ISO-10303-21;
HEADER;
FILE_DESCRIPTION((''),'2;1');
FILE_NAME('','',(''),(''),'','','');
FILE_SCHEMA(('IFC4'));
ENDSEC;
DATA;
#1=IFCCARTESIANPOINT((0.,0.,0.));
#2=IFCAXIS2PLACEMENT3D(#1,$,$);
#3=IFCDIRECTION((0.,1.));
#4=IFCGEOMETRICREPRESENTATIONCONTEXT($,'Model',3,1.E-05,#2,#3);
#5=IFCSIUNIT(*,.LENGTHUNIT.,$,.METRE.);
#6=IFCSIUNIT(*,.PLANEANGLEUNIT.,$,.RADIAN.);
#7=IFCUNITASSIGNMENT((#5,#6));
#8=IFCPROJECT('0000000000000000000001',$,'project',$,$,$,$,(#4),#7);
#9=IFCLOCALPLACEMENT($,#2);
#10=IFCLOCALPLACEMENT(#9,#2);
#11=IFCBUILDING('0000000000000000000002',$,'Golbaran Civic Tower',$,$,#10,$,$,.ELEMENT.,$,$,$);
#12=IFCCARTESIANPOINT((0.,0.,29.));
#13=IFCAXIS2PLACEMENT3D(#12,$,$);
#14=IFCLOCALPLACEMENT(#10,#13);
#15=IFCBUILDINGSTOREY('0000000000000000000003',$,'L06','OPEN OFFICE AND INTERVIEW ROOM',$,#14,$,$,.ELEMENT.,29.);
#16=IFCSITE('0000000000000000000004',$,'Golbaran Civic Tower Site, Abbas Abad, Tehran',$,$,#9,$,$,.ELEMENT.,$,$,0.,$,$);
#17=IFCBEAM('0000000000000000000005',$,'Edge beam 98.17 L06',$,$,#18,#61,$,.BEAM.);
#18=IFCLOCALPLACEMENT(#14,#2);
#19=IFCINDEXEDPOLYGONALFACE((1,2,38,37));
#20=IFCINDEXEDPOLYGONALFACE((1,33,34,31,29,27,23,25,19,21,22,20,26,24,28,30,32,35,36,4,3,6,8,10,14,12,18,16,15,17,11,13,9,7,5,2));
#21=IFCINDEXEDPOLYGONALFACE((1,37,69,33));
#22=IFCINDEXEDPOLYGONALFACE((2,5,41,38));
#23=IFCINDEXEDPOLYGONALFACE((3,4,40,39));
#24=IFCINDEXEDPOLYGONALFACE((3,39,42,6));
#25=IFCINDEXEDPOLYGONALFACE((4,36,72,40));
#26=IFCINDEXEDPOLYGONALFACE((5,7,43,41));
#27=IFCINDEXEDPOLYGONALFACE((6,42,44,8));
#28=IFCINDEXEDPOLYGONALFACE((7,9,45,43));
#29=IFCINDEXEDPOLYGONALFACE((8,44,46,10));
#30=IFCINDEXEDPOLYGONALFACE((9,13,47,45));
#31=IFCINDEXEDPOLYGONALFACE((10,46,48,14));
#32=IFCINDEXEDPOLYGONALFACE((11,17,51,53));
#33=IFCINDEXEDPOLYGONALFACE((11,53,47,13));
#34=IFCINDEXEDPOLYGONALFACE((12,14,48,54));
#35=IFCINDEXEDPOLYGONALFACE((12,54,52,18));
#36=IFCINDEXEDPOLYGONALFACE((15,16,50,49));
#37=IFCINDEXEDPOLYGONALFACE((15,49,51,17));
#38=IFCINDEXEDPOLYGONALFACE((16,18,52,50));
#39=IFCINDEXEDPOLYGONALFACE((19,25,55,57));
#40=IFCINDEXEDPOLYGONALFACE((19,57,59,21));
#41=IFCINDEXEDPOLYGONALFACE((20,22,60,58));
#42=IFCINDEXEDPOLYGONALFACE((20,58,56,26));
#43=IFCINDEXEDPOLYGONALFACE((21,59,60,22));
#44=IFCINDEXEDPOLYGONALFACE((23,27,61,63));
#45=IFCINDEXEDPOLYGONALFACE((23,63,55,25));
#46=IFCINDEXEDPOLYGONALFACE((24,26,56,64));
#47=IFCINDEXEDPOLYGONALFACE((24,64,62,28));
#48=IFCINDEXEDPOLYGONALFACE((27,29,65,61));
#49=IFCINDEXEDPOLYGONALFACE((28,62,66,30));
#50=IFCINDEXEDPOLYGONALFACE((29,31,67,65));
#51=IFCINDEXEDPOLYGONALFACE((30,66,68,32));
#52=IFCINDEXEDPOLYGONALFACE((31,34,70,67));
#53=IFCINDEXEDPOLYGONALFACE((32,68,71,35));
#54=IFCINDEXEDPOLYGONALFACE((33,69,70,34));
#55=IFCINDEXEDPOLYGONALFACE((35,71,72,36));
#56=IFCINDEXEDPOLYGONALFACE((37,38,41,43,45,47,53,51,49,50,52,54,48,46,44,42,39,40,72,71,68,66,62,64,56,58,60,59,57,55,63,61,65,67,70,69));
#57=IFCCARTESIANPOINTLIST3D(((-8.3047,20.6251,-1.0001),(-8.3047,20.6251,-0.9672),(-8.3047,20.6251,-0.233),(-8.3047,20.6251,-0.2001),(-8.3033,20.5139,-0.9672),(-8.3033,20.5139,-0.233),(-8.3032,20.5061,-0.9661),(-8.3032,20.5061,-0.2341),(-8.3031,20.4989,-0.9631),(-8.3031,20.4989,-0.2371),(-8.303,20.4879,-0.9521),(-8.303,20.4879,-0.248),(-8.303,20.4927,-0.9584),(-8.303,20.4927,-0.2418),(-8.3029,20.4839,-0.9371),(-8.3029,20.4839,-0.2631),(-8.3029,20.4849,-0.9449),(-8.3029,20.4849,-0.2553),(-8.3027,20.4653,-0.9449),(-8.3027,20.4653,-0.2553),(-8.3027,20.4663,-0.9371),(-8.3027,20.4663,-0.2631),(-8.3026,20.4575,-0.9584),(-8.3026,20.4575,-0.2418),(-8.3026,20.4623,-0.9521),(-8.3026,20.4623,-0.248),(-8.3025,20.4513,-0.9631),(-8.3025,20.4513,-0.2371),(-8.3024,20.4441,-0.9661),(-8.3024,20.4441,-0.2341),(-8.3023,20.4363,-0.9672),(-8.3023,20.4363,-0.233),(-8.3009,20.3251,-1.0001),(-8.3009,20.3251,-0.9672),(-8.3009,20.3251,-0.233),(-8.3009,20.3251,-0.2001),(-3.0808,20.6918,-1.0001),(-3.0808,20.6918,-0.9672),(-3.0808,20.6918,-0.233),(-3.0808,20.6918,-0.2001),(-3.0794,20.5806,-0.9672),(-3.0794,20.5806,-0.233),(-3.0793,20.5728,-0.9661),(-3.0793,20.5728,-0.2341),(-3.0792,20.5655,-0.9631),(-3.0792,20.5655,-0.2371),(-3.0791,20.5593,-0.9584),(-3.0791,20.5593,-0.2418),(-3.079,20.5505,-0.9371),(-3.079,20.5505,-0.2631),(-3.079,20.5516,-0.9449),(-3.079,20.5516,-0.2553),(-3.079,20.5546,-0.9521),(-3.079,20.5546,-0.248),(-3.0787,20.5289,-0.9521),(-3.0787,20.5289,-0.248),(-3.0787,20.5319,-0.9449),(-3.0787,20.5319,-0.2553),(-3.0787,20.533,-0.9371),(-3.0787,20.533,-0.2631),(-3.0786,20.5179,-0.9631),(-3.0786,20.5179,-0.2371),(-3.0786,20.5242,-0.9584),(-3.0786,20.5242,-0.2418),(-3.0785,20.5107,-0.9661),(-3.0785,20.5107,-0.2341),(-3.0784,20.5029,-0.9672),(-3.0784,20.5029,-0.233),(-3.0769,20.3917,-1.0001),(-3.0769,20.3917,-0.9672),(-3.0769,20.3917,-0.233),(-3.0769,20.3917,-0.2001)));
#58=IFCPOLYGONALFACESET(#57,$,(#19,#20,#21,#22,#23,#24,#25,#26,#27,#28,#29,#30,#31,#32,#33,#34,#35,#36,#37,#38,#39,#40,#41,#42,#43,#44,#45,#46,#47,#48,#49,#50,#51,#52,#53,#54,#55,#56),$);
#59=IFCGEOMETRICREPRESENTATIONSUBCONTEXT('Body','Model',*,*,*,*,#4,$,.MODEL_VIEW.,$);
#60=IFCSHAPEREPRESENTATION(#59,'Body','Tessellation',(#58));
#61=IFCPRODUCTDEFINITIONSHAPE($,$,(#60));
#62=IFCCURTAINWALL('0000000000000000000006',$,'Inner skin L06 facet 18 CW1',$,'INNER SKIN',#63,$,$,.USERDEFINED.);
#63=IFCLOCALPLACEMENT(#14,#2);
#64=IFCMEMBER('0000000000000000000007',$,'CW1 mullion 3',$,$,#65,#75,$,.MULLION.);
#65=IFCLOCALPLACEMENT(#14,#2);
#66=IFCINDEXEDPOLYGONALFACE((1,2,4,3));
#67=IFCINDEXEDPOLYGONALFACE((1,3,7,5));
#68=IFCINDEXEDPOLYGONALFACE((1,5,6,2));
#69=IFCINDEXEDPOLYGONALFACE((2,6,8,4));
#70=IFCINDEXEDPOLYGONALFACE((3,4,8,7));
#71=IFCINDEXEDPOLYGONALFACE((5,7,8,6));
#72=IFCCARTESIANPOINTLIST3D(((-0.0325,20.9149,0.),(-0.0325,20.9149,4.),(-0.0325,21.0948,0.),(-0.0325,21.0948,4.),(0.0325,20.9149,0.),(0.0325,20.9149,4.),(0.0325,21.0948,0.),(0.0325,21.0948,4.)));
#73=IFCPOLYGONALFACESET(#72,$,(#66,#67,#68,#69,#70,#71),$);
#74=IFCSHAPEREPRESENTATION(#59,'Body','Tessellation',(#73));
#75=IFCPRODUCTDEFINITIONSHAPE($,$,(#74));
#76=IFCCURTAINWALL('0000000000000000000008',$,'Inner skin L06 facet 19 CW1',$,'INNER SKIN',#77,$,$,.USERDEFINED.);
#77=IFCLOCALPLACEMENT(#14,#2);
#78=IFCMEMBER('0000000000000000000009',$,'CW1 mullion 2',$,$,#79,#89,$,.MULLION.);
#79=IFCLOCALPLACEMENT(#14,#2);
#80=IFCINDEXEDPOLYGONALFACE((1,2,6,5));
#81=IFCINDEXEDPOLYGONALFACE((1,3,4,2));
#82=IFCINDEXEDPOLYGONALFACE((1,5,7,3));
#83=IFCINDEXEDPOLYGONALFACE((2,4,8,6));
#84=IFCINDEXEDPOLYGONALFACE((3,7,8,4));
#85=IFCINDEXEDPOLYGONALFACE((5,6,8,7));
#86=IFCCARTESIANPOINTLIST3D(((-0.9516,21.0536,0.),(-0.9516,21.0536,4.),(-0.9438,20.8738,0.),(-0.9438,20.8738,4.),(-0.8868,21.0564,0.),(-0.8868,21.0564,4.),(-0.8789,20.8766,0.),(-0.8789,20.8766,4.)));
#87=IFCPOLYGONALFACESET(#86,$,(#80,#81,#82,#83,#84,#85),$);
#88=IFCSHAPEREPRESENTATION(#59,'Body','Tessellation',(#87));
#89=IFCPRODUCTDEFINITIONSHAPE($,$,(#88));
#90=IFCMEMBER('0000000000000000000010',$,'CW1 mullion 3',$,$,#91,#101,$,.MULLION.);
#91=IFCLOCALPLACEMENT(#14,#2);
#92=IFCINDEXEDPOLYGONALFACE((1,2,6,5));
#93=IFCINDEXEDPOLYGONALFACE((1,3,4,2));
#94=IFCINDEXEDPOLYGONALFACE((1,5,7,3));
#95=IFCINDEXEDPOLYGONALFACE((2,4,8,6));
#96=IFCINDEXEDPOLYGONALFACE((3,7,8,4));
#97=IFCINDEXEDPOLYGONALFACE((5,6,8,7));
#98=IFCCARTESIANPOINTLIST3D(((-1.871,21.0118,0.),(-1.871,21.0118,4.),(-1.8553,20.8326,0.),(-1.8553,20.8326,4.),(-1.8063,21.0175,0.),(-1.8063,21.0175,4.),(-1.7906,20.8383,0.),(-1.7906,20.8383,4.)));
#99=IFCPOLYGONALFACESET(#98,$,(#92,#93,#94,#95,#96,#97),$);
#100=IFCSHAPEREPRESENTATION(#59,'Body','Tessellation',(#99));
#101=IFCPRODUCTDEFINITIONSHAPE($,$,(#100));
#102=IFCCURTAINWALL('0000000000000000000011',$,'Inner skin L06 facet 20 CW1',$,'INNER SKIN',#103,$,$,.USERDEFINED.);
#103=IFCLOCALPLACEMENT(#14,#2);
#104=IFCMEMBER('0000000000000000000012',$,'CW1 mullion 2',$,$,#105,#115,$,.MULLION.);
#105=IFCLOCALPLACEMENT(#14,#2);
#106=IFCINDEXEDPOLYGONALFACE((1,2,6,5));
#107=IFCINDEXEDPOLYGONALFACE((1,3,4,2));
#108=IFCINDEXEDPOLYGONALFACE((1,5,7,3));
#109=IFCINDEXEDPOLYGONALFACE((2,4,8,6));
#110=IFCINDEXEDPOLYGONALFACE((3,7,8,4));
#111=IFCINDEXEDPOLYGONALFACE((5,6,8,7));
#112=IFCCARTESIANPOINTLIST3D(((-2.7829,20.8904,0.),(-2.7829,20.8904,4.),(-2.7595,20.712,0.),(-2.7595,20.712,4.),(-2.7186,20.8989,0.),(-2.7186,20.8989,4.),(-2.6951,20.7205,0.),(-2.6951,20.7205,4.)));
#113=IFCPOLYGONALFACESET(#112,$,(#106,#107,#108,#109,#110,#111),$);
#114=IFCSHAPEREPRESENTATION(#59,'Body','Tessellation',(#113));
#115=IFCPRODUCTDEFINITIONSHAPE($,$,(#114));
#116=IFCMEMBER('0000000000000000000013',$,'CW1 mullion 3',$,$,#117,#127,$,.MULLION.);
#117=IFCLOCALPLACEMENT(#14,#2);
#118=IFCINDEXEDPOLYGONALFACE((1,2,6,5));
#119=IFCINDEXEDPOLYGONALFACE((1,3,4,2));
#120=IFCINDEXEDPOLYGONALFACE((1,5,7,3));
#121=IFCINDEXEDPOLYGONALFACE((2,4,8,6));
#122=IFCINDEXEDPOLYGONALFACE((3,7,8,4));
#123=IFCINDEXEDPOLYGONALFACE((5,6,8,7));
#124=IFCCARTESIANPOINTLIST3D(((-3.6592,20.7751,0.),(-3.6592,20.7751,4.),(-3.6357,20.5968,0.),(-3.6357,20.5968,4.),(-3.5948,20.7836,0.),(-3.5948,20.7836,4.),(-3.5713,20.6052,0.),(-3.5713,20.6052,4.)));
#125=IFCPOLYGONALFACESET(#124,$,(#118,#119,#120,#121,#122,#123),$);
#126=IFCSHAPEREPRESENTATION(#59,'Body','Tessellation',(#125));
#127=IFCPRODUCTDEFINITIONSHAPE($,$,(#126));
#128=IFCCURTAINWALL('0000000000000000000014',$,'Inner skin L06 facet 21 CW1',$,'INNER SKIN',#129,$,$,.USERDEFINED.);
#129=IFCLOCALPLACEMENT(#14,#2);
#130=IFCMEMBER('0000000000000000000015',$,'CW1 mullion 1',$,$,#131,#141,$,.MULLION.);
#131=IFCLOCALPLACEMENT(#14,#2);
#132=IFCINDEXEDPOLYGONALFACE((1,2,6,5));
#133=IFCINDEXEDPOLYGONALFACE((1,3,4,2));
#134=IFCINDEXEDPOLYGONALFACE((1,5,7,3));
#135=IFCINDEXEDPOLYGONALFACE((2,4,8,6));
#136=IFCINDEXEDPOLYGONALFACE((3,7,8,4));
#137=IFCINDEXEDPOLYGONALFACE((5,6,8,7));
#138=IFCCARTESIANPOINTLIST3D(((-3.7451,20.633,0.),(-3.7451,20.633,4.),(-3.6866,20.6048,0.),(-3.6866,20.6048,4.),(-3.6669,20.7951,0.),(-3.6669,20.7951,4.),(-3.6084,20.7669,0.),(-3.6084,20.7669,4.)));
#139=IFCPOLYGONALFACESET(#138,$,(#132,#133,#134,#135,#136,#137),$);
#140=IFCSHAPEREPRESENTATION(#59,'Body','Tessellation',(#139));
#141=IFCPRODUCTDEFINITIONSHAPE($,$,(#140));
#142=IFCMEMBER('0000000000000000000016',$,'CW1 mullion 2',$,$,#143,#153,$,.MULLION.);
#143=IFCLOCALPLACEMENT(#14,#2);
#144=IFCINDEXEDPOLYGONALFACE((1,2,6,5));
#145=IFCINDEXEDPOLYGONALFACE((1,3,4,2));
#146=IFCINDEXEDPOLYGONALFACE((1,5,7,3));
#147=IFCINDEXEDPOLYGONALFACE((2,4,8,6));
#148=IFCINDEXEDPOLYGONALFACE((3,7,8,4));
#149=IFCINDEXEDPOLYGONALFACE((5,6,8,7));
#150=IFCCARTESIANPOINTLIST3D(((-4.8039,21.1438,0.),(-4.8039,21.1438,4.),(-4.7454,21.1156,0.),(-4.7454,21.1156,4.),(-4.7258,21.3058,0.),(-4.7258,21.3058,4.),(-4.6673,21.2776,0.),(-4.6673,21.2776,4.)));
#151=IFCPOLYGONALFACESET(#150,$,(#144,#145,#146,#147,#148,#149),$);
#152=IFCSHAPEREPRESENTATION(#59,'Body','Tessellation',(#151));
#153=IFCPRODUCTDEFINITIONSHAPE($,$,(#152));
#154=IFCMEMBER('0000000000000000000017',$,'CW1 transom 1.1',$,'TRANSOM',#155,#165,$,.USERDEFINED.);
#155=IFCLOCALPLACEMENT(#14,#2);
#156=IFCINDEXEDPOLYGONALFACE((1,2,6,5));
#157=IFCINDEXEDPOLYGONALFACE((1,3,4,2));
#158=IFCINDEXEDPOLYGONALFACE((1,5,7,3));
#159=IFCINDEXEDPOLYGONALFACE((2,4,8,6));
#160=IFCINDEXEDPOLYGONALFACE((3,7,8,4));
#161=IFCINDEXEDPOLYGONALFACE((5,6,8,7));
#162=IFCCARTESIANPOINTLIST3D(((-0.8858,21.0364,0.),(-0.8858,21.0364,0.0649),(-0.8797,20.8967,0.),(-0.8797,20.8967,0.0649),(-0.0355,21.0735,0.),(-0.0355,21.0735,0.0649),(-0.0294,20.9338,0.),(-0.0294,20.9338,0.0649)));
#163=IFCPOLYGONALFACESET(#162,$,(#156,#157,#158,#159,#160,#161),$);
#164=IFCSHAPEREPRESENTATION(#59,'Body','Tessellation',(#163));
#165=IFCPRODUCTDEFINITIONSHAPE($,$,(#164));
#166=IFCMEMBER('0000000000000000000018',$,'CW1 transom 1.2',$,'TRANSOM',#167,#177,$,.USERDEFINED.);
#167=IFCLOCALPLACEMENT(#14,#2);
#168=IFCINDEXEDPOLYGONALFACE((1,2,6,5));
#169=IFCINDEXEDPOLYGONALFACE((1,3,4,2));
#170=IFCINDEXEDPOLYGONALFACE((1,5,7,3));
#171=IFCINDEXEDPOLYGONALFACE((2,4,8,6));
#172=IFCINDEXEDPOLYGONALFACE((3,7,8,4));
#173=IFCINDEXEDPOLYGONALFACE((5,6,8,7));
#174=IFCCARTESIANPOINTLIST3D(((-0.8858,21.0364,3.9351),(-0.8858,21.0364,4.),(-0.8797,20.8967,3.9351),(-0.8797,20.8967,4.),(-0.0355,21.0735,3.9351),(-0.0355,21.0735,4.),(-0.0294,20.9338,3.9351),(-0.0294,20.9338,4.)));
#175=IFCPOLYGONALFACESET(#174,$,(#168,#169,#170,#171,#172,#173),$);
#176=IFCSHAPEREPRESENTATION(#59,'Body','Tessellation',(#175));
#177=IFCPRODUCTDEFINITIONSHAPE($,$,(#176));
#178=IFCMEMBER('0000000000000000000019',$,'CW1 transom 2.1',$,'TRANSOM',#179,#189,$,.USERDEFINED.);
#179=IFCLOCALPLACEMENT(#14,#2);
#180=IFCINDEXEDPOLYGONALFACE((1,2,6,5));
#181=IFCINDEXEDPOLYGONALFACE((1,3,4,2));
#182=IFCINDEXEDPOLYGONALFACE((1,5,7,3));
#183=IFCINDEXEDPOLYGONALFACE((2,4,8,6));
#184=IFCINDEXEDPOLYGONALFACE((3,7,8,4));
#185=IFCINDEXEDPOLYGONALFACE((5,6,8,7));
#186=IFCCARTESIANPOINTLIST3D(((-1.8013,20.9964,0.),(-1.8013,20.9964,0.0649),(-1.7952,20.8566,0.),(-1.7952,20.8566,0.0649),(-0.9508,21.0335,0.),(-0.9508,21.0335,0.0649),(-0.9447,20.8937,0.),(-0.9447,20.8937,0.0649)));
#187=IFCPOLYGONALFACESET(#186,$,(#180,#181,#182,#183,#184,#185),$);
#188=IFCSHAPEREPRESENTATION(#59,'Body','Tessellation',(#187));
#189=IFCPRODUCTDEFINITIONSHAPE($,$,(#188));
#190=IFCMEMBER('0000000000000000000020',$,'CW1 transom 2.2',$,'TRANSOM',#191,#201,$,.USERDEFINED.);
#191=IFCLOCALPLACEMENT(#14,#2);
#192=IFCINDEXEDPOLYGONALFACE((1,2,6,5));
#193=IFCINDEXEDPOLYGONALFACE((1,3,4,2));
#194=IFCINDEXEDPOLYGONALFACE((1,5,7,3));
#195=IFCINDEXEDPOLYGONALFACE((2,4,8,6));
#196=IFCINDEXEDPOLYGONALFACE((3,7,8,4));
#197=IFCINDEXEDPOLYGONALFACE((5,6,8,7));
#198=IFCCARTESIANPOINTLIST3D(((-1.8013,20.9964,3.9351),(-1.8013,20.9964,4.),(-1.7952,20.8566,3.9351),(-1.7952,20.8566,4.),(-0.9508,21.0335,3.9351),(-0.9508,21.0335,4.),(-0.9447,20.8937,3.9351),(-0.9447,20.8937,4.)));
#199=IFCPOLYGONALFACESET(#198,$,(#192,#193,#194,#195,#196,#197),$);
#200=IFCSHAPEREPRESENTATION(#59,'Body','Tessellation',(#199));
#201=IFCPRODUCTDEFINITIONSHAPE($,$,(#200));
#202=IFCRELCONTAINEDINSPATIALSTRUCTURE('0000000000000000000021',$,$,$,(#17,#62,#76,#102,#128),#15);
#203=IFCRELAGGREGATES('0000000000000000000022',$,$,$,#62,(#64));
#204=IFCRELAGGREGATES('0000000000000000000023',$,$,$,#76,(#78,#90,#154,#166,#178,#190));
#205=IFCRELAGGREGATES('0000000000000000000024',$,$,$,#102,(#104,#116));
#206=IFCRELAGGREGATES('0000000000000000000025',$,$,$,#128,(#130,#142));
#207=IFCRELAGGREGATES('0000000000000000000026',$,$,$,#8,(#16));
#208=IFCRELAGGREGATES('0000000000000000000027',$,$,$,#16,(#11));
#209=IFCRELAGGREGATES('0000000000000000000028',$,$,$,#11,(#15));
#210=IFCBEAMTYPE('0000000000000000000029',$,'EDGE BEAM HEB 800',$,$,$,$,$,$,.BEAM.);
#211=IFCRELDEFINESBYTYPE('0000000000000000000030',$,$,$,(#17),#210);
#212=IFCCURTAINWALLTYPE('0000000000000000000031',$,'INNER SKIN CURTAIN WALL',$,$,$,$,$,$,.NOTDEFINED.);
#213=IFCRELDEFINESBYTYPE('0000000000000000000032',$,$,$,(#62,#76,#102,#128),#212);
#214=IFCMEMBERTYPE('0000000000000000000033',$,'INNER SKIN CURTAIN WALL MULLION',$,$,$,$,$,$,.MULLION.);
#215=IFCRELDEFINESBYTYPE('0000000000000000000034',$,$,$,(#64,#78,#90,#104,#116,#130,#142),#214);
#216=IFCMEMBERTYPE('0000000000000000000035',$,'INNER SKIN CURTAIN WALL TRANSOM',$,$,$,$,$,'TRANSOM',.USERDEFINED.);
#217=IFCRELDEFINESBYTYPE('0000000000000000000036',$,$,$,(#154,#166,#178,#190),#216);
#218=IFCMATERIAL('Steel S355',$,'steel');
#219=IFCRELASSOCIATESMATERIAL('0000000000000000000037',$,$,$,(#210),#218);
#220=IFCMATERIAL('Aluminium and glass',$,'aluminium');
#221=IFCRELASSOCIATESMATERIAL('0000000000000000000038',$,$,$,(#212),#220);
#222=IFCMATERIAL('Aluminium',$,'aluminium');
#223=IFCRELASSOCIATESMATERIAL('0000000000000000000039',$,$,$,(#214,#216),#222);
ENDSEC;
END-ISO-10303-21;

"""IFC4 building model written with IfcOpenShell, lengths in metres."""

from ifc_helpers import new_model, si_unit, direction, frame, origin, origin_2d, place, context, subcontext, project, spatial, rectangle, i_section, extrude, material, material_profile, profile_set, type_object, element, aggregate, save


model = new_model("IFC4")

# Units and contexts
model_context = context("Model", 3, precision=1e-05, world=origin(), true_north=direction((0.0, 1.0)))
body_context = subcontext(model_context, "Body", "Model", "MODEL_VIEW")
ifc_project = project(units=[si_unit("LENGTHUNIT", "METRE"), si_unit("PLANEANGLEUNIT", "RADIAN")], contexts=[model_context])

# Site, building, storey
site_placement = place(None, origin())
site = spatial("IfcSite", under=ifc_project, at=site_placement, Name="Golbaran Civic Tower Site, Abbas Abad, Tehran", CompositionType="ELEMENT", RefElevation=0.0)
building_placement = place(site_placement, origin())
building = spatial("IfcBuilding", under=site, at=building_placement, Name="Golbaran Civic Tower", CompositionType="ELEMENT")
storey_placement = place(building_placement, frame((0.0, 0.0, 29.0)))
storey = spatial("IfcBuildingStorey", under=building, at=storey_placement, Name="L06", Description="OPEN OFFICE AND INTERVIEW ROOM", CompositionType="ELEMENT", Elevation=29.0)

# Beam
ifc_material_1 = material(Name="Steel S355", Category="steel")
ifc_material_profile_1 = material_profile(ifc_material_1, i_section(OverallWidth=0.3, OverallDepth=0.8, WebThickness=0.0176, FlangeThickness=0.033, FilletRadius=0.03, at=origin_2d()), Name="HEB 800")
ifc_profile_set_1 = profile_set([ifc_material_profile_1], Name="Steel S355")
beam_type = type_object("IfcBeamType", Name="EDGE BEAM HEB 800", PredefinedType="BEAM", material=ifc_profile_set_1)
beam_placement = place(storey_placement, frame((-3.0789, 20.5417, -0.6001), z_axis=(-0.999919, -0.012758, 0.0), x_axis=(0.012758, -0.999919, 0.0)))
element("IfcBeam", 1, at=beam_placement, inside=storey, type_object=beam_type, Name="Edge beam 98.17 L06", PredefinedType="BEAM", context=body_context, shape_type="SweptSolid", body=[
    extrude(i_section(OverallWidth=0.3, OverallDepth=0.8, WebThickness=0.0176, FlangeThickness=0.033, FilletRadius=0.03, at=origin_2d()), origin(), (0.0, 0.0, 1.0), 5.2244),
])

# Curtain wall, member
ifc_material_2 = material(Name="Aluminium and glass", Category="aluminium")
curtain_wall_type = type_object("IfcCurtainWallType", Name="INNER SKIN CURTAIN WALL", PredefinedType="NOTDEFINED", material=ifc_material_2)
curtain_wall_1_placement = place(storey_placement, origin())
curtain_wall_1 = element("IfcCurtainWall", 2, at=curtain_wall_1_placement, inside=storey, type_object=curtain_wall_type, Name="Inner skin L06 facet 18 CW1", ObjectType="INNER SKIN", PredefinedType="USERDEFINED")
ifc_material_3 = material(Name="Aluminium", Category="aluminium")
ifc_material_profile_2 = material_profile(ifc_material_3, rectangle(XDim=0.1799, YDim=0.0649, at=origin_2d()), Name="INNER SKIN CURTAIN WALL MULLION")
ifc_profile_set_2 = profile_set([ifc_material_profile_2], Name="Aluminium")
member_type_1 = type_object("IfcMemberType", Name="INNER SKIN CURTAIN WALL MULLION", PredefinedType="MULLION", material=ifc_profile_set_2)
member_1_placement = place(storey_placement, frame((0.0, 21.0049, 0.0), z_axis=(0.0, 0.0, 1.0), x_axis=(0.0, -1.0, 0.0)))
member_1 = element("IfcMember", 3, at=member_1_placement, type_object=member_type_1, Name="CW1 mullion 3", PredefinedType="MULLION", context=body_context, shape_type="SweptSolid", body=[
    extrude(rectangle(XDim=0.1799, YDim=0.0649, at=origin_2d()), origin(), (0.0, 0.0, 1.0), 4.0),
])
aggregate(curtain_wall_1, [member_1])

# Curtain walls, members
curtain_wall_2_placement = place(storey_placement, origin())
curtain_wall_2 = element("IfcCurtainWall", 4, at=curtain_wall_2_placement, inside=storey, type_object=curtain_wall_type, Name="Inner skin L06 facet 19 CW1", ObjectType="INNER SKIN", PredefinedType="USERDEFINED")
member_2_placement = place(storey_placement, frame((-0.9153, 20.9651, 0.0), z_axis=(0.0, 0.0, 1.0), x_axis=(0.043619, -0.999048, 0.0)))
member_2 = element("IfcMember", 5, at=member_2_placement, type_object=member_type_1, Name="CW1 mullion 2", PredefinedType="MULLION", context=body_context, shape_type="SweptSolid", body=[
    extrude(rectangle(XDim=0.1799, YDim=0.0649, at=origin_2d()), origin(), (0.0, 0.0, 1.0), 4.0),
])
member_3_placement = place(storey_placement, frame((-1.8308, 20.925, 0.0), z_axis=(0.0, 0.0, 1.0), x_axis=(0.087156, -0.996195, 0.0)))
member_3 = element("IfcMember", 6, at=member_3_placement, type_object=member_type_1, Name="CW1 mullion 3", PredefinedType="MULLION", context=body_context, shape_type="SweptSolid", body=[
    extrude(rectangle(XDim=0.1799, YDim=0.0649, at=origin_2d()), origin(), (0.0, 0.0, 1.0), 4.0),
])
curtain_wall_3_placement = place(storey_placement, origin())
curtain_wall_3 = element("IfcCurtainWall", 7, at=curtain_wall_3_placement, inside=storey, type_object=curtain_wall_type, Name="Inner skin L06 facet 20 CW1", ObjectType="INNER SKIN", PredefinedType="USERDEFINED")
member_4_placement = place(storey_placement, frame((-2.739, 20.8054, 0.0), z_axis=(0.0, 0.0, 1.0), x_axis=(0.130526, -0.991445, 0.0)))
member_4 = element("IfcMember", 8, at=member_4_placement, type_object=member_type_1, Name="CW1 mullion 2", PredefinedType="MULLION", context=body_context, shape_type="SweptSolid", body=[
    extrude(rectangle(XDim=0.1799, YDim=0.0649, at=origin_2d()), origin(), (0.0, 0.0, 1.0), 4.0),
])
member_5_placement = place(storey_placement, frame((-3.6152, 20.6902, 0.0), z_axis=(0.0, 0.0, 1.0), x_axis=(0.130526, -0.991445, 0.0)))
member_5 = element("IfcMember", 9, at=member_5_placement, type_object=member_type_1, Name="CW1 mullion 3", PredefinedType="MULLION", context=body_context, shape_type="SweptSolid", body=[
    extrude(rectangle(XDim=0.1799, YDim=0.0649, at=origin_2d()), origin(), (0.0, 0.0, 1.0), 4.0),
])
curtain_wall_4_placement = place(storey_placement, origin())
curtain_wall_4 = element("IfcCurtainWall", 10, at=curtain_wall_4_placement, inside=storey, type_object=curtain_wall_type, Name="Inner skin L06 facet 21 CW1", ObjectType="INNER SKIN", PredefinedType="USERDEFINED")
member_6_placement = place(storey_placement, frame((-3.6768, 20.7, 0.0), z_axis=(0.0, 0.0, 1.0), x_axis=(-0.434302, -0.900767, 0.0)))
member_6 = element("IfcMember", 11, at=member_6_placement, type_object=member_type_1, Name="CW1 mullion 1", PredefinedType="MULLION", context=body_context, shape_type="SweptSolid", body=[
    extrude(rectangle(XDim=0.1799, YDim=0.0649, at=origin_2d()), origin(), (0.0, 0.0, 1.0), 4.0),
])
member_7_placement = place(storey_placement, frame((-4.7356, 21.2107, 0.0), z_axis=(0.0, 0.0, 1.0), x_axis=(-0.434302, -0.900767, 0.0)))
member_7 = element("IfcMember", 12, at=member_7_placement, type_object=member_type_1, Name="CW1 mullion 2", PredefinedType="MULLION", context=body_context, shape_type="SweptSolid", body=[
    extrude(rectangle(XDim=0.1799, YDim=0.0649, at=origin_2d()), origin(), (0.0, 0.0, 1.0), 4.0),
])

# Members
ifc_material_profile_3 = material_profile(ifc_material_3, rectangle(XDim=0.1399, YDim=0.0649, at=origin_2d()), Name="INNER SKIN CURTAIN WALL TRANSOM")
ifc_profile_set_3 = profile_set([ifc_material_profile_3], Name="Aluminium")
member_type_2 = type_object("IfcMemberType", Name="INNER SKIN CURTAIN WALL TRANSOM", ElementType="TRANSOM", PredefinedType="USERDEFINED", material=ifc_profile_set_3)
member_8_placement = place(storey_placement, frame((-0.0325, 21.0037, 0.0325), z_axis=(-0.999049, -0.043599, 0.0), x_axis=(0.043599, -0.999049, 0.0)))
member_8 = element("IfcMember", 13, at=member_8_placement, type_object=member_type_2, Name="CW1 transom 1.1", ObjectType="TRANSOM", PredefinedType="USERDEFINED", context=body_context, shape_type="SweptSolid", body=[
    extrude(rectangle(XDim=0.1399, YDim=0.0649, at=origin_2d()), origin(), (0.0, 0.0, 1.0), 0.8511),
])
member_9_placement = place(storey_placement, frame((-0.0325, 21.0037, 3.9675), z_axis=(-0.999049, -0.043599, 0.0), x_axis=(0.043599, -0.999049, 0.0)))
member_9 = element("IfcMember", 14, at=member_9_placement, type_object=member_type_2, Name="CW1 transom 1.2", ObjectType="TRANSOM", PredefinedType="USERDEFINED", context=body_context, shape_type="SweptSolid", body=[
    extrude(rectangle(XDim=0.1399, YDim=0.0649, at=origin_2d()), origin(), (0.0, 0.0, 1.0), 0.8511),
])
member_10_placement = place(storey_placement, frame((-0.9478, 20.9636, 0.0325), z_axis=(-0.99905, -0.043587, 0.0), x_axis=(0.043587, -0.99905, 0.0)))
member_10 = element("IfcMember", 15, at=member_10_placement, type_object=member_type_2, Name="CW1 transom 2.1", ObjectType="TRANSOM", PredefinedType="USERDEFINED", context=body_context, shape_type="SweptSolid", body=[
    extrude(rectangle(XDim=0.1399, YDim=0.0649, at=origin_2d()), origin(), (0.0, 0.0, 1.0), 0.8513),
])
member_11_placement = place(storey_placement, frame((-0.9478, 20.9636, 3.9675), z_axis=(-0.99905, -0.043587, 0.0), x_axis=(0.043587, -0.99905, 0.0)))
member_11 = element("IfcMember", 16, at=member_11_placement, type_object=member_type_2, Name="CW1 transom 2.2", ObjectType="TRANSOM", PredefinedType="USERDEFINED", context=body_context, shape_type="SweptSolid", body=[
    extrude(rectangle(XDim=0.1399, YDim=0.0649, at=origin_2d()), origin(), (0.0, 0.0, 1.0), 0.8513),
])

aggregate(curtain_wall_2, [member_2, member_3, member_8, member_9, member_10, member_11])
aggregate(curtain_wall_3, [member_4, member_5])
aggregate(curtain_wall_4, [member_6, member_7])

save(model, "model.ifc")
